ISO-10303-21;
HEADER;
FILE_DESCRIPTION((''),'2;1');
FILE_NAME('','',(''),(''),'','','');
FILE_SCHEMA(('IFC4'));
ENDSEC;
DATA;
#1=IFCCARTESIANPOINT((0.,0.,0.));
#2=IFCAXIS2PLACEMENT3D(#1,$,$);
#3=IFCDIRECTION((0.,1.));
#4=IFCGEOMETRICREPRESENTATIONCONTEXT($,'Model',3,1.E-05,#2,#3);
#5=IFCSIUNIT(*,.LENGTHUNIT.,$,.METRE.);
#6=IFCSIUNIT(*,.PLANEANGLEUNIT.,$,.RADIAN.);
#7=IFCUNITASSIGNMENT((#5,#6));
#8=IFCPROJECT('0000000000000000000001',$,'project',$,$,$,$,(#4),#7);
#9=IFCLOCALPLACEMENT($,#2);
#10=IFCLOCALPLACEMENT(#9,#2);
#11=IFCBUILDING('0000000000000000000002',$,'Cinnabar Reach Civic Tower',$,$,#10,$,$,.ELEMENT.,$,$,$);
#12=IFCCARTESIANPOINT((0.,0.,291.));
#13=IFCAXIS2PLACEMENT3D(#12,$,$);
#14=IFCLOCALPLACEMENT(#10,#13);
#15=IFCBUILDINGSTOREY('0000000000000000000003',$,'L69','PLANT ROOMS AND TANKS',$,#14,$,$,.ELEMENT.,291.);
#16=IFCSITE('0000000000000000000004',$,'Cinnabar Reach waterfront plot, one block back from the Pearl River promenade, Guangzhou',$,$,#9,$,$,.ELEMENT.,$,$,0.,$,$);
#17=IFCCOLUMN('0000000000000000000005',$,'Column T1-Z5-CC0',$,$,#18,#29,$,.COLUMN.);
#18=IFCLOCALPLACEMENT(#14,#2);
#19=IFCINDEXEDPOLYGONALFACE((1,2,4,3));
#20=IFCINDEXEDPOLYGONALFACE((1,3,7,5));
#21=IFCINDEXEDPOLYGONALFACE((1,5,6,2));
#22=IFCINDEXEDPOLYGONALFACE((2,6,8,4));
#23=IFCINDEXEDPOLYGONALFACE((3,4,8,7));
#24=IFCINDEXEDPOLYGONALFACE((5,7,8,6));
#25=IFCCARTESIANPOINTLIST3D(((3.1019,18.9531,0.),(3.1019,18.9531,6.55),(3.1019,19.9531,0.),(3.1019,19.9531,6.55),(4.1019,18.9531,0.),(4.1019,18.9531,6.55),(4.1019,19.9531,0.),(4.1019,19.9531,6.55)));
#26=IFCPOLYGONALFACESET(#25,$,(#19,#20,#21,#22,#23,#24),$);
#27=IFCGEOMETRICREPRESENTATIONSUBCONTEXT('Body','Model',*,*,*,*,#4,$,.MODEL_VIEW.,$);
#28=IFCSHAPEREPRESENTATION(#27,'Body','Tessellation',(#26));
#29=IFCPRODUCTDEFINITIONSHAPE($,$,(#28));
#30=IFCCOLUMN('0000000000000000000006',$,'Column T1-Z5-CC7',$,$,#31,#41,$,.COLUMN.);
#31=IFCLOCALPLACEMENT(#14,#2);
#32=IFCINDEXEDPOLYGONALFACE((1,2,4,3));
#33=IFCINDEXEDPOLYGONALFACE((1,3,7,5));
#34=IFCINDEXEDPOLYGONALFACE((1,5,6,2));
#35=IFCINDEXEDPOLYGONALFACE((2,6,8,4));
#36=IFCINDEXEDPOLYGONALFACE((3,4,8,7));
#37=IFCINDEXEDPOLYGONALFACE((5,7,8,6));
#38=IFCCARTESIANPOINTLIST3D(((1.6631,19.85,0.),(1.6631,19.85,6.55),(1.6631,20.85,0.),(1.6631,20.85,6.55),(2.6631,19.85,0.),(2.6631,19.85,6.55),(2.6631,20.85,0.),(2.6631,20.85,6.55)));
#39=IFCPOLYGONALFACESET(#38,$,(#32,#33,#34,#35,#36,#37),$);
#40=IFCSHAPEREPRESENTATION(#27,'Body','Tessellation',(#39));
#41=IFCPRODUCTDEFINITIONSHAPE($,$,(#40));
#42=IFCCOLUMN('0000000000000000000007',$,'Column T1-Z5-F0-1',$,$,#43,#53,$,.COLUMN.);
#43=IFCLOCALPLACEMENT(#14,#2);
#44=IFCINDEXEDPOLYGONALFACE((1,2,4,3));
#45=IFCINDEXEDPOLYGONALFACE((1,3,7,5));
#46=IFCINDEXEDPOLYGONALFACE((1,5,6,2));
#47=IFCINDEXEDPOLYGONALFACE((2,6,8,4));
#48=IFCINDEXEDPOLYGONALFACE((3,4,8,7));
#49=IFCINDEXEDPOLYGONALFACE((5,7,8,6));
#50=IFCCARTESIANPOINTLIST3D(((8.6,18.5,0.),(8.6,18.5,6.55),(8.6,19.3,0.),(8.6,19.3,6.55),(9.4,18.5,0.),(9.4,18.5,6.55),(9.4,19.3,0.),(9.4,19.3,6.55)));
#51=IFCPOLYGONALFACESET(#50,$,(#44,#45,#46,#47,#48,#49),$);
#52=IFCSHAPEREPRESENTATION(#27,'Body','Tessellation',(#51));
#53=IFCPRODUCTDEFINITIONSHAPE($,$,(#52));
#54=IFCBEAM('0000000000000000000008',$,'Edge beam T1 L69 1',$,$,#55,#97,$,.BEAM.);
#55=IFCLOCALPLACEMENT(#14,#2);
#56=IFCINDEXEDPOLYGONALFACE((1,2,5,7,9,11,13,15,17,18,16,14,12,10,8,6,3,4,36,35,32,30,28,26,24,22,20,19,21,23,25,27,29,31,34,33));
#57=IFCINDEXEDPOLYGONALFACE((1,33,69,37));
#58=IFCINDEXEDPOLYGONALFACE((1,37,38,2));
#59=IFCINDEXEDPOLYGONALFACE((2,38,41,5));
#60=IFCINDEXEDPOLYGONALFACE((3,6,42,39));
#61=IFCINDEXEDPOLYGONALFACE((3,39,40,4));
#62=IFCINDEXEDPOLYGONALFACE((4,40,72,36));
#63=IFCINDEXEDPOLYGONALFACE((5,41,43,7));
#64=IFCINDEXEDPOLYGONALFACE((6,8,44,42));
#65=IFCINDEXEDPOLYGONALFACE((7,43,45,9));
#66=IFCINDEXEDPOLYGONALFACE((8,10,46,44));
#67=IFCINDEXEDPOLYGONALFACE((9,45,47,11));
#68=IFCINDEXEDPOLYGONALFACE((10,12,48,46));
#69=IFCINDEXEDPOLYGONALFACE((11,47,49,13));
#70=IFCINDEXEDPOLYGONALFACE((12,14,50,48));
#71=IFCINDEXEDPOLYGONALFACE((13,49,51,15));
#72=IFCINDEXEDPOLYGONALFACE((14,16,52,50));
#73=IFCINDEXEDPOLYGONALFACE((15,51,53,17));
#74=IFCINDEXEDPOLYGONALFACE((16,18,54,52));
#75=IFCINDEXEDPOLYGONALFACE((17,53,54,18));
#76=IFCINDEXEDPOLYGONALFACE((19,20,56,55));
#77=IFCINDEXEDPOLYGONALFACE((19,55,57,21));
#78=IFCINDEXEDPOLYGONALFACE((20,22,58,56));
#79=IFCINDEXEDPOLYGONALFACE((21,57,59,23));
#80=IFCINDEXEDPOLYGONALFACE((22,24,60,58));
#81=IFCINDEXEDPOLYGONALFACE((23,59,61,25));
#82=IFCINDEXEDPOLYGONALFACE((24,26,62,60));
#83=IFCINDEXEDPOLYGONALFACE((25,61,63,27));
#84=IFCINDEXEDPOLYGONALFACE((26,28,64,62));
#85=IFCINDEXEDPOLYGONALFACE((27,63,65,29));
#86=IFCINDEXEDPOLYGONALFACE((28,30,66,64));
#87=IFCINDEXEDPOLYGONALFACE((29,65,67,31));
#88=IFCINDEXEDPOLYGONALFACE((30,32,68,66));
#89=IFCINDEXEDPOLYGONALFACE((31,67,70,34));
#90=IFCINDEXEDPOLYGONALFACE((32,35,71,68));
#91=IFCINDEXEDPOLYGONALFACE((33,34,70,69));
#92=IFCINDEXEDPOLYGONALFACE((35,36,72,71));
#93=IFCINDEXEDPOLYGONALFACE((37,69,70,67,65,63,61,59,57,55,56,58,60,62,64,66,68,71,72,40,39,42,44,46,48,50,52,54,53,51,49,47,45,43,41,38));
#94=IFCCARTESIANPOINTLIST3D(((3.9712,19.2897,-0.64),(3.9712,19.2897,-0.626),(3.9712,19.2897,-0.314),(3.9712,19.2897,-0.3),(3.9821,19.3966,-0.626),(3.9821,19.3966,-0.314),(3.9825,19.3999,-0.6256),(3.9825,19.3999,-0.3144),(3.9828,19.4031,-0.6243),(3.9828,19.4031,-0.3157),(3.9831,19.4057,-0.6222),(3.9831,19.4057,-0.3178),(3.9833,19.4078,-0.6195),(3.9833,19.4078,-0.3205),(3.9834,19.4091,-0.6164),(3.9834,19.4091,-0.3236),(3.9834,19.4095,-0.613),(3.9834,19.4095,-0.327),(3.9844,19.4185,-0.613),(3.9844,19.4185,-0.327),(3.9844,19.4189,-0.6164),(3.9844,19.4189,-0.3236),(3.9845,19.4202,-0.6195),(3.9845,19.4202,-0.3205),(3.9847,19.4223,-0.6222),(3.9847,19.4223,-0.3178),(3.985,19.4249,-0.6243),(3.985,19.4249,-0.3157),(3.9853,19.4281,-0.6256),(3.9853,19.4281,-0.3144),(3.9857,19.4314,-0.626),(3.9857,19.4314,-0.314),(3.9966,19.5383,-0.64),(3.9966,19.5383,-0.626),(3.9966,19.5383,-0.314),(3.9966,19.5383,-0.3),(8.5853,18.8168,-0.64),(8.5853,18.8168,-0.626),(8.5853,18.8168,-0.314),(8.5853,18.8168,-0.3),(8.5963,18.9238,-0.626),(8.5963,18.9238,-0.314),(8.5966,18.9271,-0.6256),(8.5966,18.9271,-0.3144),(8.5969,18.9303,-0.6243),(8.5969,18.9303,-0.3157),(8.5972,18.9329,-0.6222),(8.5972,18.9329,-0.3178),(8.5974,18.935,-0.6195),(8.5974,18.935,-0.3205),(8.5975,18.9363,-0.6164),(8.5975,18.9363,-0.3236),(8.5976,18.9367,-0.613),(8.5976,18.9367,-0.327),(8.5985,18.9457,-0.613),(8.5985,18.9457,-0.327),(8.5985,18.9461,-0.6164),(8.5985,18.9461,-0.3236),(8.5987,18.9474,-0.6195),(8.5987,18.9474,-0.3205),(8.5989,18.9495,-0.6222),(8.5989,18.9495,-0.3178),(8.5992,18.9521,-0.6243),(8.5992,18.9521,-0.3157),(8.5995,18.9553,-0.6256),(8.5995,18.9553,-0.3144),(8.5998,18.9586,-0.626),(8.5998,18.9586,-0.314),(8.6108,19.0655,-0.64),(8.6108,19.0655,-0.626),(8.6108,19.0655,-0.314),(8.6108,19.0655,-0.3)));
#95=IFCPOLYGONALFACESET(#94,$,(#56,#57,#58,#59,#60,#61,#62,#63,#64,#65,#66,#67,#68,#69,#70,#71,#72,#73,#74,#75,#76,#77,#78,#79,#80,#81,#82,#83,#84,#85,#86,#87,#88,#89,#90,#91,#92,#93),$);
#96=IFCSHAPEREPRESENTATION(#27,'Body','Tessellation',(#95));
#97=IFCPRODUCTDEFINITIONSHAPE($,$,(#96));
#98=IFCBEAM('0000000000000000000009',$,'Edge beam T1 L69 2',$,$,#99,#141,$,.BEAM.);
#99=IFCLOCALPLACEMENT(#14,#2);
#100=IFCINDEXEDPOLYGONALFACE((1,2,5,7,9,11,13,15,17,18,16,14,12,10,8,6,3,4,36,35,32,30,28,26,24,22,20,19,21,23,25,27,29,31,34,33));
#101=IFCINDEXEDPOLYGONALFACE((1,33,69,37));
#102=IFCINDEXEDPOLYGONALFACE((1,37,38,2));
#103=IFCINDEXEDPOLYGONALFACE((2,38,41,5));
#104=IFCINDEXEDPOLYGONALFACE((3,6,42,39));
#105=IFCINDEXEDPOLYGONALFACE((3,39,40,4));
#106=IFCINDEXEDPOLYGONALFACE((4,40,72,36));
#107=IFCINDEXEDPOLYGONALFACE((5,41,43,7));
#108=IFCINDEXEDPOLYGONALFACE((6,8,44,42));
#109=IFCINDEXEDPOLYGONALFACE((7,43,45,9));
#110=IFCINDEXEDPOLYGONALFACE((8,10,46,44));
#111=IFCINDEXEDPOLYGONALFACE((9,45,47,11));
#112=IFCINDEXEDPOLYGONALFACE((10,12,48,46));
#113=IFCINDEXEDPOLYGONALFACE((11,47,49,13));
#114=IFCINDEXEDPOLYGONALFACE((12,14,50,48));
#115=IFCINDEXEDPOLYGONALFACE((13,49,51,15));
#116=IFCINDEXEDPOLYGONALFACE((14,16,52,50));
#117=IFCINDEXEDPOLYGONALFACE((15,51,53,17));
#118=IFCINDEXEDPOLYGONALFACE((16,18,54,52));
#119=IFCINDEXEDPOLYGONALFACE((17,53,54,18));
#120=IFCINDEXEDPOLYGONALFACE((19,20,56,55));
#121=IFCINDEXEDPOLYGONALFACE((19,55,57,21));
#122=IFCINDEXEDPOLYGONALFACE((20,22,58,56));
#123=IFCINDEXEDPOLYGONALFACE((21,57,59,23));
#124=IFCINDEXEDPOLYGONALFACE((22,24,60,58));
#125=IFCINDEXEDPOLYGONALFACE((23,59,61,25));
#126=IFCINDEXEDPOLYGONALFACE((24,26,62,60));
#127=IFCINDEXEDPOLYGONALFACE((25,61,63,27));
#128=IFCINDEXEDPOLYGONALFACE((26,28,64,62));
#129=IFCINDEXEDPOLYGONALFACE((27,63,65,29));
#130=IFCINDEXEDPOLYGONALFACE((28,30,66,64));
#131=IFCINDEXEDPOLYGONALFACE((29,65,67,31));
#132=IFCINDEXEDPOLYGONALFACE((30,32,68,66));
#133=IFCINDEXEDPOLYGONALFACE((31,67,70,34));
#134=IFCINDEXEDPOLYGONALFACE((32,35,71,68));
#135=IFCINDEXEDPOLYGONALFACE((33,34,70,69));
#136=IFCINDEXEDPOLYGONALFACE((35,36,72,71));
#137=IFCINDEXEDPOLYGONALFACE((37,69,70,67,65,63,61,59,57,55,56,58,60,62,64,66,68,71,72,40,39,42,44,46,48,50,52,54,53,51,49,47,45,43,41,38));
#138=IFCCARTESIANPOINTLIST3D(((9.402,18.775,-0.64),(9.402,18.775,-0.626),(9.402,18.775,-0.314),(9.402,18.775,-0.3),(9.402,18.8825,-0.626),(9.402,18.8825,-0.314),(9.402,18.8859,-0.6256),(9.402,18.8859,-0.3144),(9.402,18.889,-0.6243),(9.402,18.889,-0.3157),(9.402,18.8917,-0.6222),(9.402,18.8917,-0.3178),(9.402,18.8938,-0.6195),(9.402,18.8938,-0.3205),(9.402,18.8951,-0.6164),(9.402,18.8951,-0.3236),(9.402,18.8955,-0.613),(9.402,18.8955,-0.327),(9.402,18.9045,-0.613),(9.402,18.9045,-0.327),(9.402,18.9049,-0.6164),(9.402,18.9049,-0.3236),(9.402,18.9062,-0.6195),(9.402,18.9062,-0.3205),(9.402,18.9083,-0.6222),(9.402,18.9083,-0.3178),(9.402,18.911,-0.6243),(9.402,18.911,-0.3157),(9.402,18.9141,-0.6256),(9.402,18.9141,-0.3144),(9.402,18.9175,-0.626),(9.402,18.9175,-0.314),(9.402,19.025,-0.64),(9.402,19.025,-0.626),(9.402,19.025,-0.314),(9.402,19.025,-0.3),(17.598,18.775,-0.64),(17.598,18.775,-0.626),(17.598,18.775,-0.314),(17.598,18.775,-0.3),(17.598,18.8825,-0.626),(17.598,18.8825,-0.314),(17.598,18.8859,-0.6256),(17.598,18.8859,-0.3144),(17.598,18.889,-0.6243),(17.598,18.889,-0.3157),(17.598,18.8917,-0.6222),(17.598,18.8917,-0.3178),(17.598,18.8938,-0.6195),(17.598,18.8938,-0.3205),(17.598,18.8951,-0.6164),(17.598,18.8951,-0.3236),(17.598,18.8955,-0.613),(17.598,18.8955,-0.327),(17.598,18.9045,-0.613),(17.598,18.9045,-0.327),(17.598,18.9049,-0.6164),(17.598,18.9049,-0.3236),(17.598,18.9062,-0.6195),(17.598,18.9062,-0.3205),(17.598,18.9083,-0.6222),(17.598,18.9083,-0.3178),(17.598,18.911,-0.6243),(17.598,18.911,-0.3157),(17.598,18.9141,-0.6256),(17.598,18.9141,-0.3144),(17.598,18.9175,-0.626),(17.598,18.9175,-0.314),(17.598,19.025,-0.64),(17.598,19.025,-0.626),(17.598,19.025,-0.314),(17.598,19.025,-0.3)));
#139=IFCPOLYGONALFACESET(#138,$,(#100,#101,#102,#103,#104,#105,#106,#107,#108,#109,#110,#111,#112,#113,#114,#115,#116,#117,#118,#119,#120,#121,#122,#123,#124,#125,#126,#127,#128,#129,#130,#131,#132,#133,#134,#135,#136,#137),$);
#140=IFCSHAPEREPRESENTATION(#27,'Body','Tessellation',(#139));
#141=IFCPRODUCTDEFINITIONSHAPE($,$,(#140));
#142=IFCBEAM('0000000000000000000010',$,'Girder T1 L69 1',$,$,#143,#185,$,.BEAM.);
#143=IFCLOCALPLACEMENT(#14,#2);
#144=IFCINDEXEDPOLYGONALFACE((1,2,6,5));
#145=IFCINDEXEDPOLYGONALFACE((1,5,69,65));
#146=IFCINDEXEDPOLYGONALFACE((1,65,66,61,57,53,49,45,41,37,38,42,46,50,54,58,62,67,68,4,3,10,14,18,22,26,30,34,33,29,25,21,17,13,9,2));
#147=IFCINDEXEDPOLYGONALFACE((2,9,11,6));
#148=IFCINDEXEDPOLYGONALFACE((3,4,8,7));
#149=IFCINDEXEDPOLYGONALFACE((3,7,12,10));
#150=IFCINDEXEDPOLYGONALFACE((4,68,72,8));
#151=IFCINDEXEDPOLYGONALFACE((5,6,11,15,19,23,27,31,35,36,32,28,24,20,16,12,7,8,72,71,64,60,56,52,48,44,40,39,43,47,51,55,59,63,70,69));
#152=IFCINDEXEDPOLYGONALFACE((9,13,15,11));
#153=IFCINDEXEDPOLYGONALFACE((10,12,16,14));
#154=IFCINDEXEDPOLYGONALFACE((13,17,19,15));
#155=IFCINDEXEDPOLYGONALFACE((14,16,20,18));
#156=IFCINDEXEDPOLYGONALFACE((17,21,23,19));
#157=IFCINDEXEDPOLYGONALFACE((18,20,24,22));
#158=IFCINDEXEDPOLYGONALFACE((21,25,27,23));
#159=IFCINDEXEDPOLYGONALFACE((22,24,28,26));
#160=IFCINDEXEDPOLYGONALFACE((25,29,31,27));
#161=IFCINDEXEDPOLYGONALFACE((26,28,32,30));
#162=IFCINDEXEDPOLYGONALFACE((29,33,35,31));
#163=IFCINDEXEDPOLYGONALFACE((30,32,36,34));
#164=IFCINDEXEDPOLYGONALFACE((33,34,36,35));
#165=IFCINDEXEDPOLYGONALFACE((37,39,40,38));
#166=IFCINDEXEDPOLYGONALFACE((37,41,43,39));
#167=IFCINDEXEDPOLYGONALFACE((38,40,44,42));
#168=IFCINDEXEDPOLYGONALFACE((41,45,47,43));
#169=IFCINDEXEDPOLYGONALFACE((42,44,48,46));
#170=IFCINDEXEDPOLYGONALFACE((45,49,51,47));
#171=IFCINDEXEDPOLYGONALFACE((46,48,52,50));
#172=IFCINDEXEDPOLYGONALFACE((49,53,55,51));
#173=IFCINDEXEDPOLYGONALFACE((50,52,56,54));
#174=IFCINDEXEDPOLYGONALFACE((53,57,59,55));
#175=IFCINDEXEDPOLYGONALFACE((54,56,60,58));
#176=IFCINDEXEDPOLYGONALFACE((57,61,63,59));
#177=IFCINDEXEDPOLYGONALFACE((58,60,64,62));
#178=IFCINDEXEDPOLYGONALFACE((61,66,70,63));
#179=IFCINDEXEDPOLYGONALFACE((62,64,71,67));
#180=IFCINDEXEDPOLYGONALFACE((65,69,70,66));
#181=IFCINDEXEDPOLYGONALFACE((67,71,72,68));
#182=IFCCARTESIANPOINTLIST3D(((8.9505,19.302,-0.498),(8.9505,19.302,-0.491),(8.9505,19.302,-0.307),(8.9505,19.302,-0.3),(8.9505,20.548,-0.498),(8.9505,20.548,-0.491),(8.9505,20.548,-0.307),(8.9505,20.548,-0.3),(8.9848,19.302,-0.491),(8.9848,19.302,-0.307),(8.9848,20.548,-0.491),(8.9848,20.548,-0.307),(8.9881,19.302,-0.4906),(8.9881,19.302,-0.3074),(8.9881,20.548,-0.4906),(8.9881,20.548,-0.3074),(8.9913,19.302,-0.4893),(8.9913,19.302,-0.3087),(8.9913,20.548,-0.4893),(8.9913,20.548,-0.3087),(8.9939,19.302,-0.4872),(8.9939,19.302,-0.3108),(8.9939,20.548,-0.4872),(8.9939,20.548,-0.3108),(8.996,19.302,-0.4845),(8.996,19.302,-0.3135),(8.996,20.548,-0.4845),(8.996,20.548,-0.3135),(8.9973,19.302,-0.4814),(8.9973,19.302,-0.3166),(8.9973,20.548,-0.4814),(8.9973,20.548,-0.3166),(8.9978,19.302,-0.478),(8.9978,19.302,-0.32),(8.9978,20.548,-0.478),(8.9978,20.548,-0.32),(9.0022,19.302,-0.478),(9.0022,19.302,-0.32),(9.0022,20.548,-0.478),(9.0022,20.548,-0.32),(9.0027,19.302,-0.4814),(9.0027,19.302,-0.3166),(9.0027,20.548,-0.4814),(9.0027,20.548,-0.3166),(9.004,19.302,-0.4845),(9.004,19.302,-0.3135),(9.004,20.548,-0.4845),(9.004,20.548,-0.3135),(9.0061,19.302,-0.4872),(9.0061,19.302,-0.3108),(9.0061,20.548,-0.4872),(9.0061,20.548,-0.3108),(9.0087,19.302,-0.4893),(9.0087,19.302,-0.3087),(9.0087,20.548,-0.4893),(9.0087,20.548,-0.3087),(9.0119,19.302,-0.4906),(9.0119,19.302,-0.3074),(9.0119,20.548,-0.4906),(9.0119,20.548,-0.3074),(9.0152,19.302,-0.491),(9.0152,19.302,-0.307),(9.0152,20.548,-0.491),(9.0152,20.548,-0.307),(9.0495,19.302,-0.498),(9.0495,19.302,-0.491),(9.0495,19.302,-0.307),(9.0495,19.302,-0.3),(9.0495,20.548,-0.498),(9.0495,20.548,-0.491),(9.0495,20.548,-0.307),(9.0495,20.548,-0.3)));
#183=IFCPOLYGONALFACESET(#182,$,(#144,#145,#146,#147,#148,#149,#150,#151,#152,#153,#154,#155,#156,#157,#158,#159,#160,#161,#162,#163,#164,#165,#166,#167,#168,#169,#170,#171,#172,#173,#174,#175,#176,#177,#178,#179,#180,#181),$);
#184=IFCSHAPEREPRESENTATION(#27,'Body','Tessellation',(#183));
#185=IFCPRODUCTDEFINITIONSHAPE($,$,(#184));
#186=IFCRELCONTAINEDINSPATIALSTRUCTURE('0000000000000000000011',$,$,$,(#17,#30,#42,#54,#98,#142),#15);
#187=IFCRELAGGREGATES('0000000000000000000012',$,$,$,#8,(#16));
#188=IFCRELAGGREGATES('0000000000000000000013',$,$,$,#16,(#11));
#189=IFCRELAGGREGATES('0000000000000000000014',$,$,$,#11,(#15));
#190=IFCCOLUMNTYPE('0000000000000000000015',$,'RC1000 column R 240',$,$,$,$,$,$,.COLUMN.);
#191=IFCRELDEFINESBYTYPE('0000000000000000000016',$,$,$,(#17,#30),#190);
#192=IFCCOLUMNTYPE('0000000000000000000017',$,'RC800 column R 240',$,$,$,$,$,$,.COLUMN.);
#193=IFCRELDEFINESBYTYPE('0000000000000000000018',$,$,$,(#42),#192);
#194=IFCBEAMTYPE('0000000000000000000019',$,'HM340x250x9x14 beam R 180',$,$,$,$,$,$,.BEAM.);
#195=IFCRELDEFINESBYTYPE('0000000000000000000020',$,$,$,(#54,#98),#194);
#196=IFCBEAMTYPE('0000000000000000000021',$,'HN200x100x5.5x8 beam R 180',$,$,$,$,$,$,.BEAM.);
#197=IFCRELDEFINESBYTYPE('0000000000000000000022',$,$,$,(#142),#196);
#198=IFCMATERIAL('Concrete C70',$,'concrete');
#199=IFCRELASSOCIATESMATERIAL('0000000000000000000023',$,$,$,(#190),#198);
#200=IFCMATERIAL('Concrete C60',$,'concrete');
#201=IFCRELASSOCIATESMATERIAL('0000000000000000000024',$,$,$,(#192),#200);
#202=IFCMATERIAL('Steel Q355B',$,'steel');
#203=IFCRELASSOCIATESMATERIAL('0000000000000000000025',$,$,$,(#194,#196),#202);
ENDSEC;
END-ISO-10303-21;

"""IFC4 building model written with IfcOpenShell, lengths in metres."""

from ifc_helpers import new_model, si_unit, direction, frame, origin, origin_2d, place, context, subcontext, project, spatial, rectangle, i_section, extrude, material, material_profile, profile_set, type_object, element, save


model = new_model("IFC4")

# Units and contexts
model_context = context("Model", 3, precision=1e-05, world=origin(), true_north=direction((0.0, 1.0)))
body_context = subcontext(model_context, "Body", "Model", "MODEL_VIEW")
ifc_project = project(units=[si_unit("LENGTHUNIT", "METRE"), si_unit("PLANEANGLEUNIT", "RADIAN")], contexts=[model_context])

# Site, building, storey
site_placement = place(None, origin())
site = spatial("IfcSite", under=ifc_project, at=site_placement, Name="Cinnabar Reach waterfront plot, one block back from the Pearl River promenade, Guangzhou", CompositionType="ELEMENT", RefElevation=0.0)
building_placement = place(site_placement, origin())
building = spatial("IfcBuilding", under=site, at=building_placement, Name="Cinnabar Reach Civic Tower", CompositionType="ELEMENT")
storey_placement = place(building_placement, frame((0.0, 0.0, 291.0)))
storey = spatial("IfcBuildingStorey", under=building, at=storey_placement, Name="L69", Description="PLANT ROOMS AND TANKS", CompositionType="ELEMENT", Elevation=291.0)

# Columns
ifc_material_1 = material(Name="Concrete C70", Category="concrete")
ifc_material_profile_1 = material_profile(ifc_material_1, rectangle(XDim=1.0, YDim=1.0, at=origin_2d()), Name="RC1000")
ifc_profile_set_1 = profile_set([ifc_material_profile_1], Name="Concrete C70")
column_type_1 = type_object("IfcColumnType", Name="RC1000 column R 240", PredefinedType="COLUMN", material=ifc_profile_set_1)
for number, where, z_axis, x_axis, name in (
    (1, (3.6019, 19.4531, 0.0), (0.0, 0.0, 1.0), (1.0, 0.0, 0.0), "Column T1-Z5-CC0"),
    (2, (2.1631, 20.35, 0.0), (0.0, 0.0, 1.0), (1.0, 0.0, 0.0), "Column T1-Z5-CC7"),
):
    element("IfcColumn", number, at=place(storey_placement, frame(where, z_axis=z_axis, x_axis=x_axis)), inside=storey, type_object=column_type_1, Name=name, PredefinedType="COLUMN", context=body_context, shape_type="SweptSolid", body=[
        extrude(rectangle(XDim=1.0, YDim=1.0, at=origin_2d()), origin(), (0.0, 0.0, 1.0), 6.55),
    ])
ifc_material_2 = material(Name="Concrete C60", Category="concrete")
ifc_material_profile_2 = material_profile(ifc_material_2, rectangle(XDim=0.8, YDim=0.8, at=origin_2d()), Name="RC800")
ifc_profile_set_2 = profile_set([ifc_material_profile_2], Name="Concrete C60")
column_type_2 = type_object("IfcColumnType", Name="RC800 column R 240", PredefinedType="COLUMN", material=ifc_profile_set_2)
column_placement = place(storey_placement, frame((9.0, 18.9, 0.0), z_axis=(0.0, 0.0, 1.0), x_axis=(1.0, 0.0, 0.0)))
element("IfcColumn", 3, at=column_placement, inside=storey, type_object=column_type_2, Name="Column T1-Z5-F0-1", PredefinedType="COLUMN", context=body_context, shape_type="SweptSolid", body=[
    extrude(rectangle(XDim=0.8, YDim=0.8, at=origin_2d()), origin(), (0.0, 0.0, 1.0), 6.55),
])

# Beams
ifc_material_3 = material(Name="Steel Q355B", Category="steel")
ifc_material_profile_3 = material_profile(ifc_material_3, i_section(OverallWidth=0.25, OverallDepth=0.34, WebThickness=0.009, FlangeThickness=0.014, FilletRadius=0.013, at=origin_2d()), Name="HM340x250x9x14")
ifc_profile_set_3 = profile_set([ifc_material_profile_3], Name="Steel Q355B")
beam_type_1 = type_object("IfcBeamType", Name="HM340x250x9x14 beam R 180", PredefinedType="BEAM", material=ifc_profile_set_3)
beam_1_placement = place(storey_placement, frame((3.9839, 19.414, -0.47), z_axis=(0.994791, -0.101935, 0.0), x_axis=(0.101935, 0.994791, 0.0)))
element("IfcBeam", 4, at=beam_1_placement, inside=storey, type_object=beam_type_1, Name="Edge beam T1 L69 1", PredefinedType="BEAM", context=body_context, shape_type="SweptSolid", body=[
    extrude(i_section(OverallWidth=0.25, OverallDepth=0.34, WebThickness=0.009, FlangeThickness=0.014, FilletRadius=0.013, at=origin_2d()), origin(), (0.0, 0.0, 1.0), 4.6383),
])
beam_2_placement = place(storey_placement, frame((9.402, 18.9, -0.47), z_axis=(1.0, 0.0, 0.0), x_axis=(0.0, 1.0, 0.0)))
element("IfcBeam", 5, at=beam_2_placement, inside=storey, type_object=beam_type_1, Name="Edge beam T1 L69 2", PredefinedType="BEAM", context=body_context, shape_type="SweptSolid", body=[
    extrude(i_section(OverallWidth=0.25, OverallDepth=0.34, WebThickness=0.009, FlangeThickness=0.014, FilletRadius=0.013, at=origin_2d()), origin(), (0.0, 0.0, 1.0), 8.196),
])
ifc_material_profile_4 = material_profile(ifc_material_3, i_section(OverallWidth=0.099, OverallDepth=0.198, WebThickness=0.0045, FlangeThickness=0.007, FilletRadius=0.013, at=origin_2d()), Name="HN200x100x5.5x8")
ifc_profile_set_4 = profile_set([ifc_material_profile_4], Name="Steel Q355B")
beam_type_2 = type_object("IfcBeamType", Name="HN200x100x5.5x8 beam R 180", PredefinedType="BEAM", material=ifc_profile_set_4)
beam_3_placement = place(storey_placement, frame((9.0, 19.302, -0.399), z_axis=(0.0, 1.0, 0.0), x_axis=(-1.0, 0.0, 0.0)))
element("IfcBeam", 6, at=beam_3_placement, inside=storey, type_object=beam_type_2, Name="Girder T1 L69 1", PredefinedType="BEAM", context=body_context, shape_type="SweptSolid", body=[
    extrude(i_section(OverallWidth=0.099, OverallDepth=0.198, WebThickness=0.0045, FlangeThickness=0.007, FilletRadius=0.013, at=origin_2d()), origin(), (0.0, 0.0, 1.0), 1.246),
])

save(model, "model.ifc")
